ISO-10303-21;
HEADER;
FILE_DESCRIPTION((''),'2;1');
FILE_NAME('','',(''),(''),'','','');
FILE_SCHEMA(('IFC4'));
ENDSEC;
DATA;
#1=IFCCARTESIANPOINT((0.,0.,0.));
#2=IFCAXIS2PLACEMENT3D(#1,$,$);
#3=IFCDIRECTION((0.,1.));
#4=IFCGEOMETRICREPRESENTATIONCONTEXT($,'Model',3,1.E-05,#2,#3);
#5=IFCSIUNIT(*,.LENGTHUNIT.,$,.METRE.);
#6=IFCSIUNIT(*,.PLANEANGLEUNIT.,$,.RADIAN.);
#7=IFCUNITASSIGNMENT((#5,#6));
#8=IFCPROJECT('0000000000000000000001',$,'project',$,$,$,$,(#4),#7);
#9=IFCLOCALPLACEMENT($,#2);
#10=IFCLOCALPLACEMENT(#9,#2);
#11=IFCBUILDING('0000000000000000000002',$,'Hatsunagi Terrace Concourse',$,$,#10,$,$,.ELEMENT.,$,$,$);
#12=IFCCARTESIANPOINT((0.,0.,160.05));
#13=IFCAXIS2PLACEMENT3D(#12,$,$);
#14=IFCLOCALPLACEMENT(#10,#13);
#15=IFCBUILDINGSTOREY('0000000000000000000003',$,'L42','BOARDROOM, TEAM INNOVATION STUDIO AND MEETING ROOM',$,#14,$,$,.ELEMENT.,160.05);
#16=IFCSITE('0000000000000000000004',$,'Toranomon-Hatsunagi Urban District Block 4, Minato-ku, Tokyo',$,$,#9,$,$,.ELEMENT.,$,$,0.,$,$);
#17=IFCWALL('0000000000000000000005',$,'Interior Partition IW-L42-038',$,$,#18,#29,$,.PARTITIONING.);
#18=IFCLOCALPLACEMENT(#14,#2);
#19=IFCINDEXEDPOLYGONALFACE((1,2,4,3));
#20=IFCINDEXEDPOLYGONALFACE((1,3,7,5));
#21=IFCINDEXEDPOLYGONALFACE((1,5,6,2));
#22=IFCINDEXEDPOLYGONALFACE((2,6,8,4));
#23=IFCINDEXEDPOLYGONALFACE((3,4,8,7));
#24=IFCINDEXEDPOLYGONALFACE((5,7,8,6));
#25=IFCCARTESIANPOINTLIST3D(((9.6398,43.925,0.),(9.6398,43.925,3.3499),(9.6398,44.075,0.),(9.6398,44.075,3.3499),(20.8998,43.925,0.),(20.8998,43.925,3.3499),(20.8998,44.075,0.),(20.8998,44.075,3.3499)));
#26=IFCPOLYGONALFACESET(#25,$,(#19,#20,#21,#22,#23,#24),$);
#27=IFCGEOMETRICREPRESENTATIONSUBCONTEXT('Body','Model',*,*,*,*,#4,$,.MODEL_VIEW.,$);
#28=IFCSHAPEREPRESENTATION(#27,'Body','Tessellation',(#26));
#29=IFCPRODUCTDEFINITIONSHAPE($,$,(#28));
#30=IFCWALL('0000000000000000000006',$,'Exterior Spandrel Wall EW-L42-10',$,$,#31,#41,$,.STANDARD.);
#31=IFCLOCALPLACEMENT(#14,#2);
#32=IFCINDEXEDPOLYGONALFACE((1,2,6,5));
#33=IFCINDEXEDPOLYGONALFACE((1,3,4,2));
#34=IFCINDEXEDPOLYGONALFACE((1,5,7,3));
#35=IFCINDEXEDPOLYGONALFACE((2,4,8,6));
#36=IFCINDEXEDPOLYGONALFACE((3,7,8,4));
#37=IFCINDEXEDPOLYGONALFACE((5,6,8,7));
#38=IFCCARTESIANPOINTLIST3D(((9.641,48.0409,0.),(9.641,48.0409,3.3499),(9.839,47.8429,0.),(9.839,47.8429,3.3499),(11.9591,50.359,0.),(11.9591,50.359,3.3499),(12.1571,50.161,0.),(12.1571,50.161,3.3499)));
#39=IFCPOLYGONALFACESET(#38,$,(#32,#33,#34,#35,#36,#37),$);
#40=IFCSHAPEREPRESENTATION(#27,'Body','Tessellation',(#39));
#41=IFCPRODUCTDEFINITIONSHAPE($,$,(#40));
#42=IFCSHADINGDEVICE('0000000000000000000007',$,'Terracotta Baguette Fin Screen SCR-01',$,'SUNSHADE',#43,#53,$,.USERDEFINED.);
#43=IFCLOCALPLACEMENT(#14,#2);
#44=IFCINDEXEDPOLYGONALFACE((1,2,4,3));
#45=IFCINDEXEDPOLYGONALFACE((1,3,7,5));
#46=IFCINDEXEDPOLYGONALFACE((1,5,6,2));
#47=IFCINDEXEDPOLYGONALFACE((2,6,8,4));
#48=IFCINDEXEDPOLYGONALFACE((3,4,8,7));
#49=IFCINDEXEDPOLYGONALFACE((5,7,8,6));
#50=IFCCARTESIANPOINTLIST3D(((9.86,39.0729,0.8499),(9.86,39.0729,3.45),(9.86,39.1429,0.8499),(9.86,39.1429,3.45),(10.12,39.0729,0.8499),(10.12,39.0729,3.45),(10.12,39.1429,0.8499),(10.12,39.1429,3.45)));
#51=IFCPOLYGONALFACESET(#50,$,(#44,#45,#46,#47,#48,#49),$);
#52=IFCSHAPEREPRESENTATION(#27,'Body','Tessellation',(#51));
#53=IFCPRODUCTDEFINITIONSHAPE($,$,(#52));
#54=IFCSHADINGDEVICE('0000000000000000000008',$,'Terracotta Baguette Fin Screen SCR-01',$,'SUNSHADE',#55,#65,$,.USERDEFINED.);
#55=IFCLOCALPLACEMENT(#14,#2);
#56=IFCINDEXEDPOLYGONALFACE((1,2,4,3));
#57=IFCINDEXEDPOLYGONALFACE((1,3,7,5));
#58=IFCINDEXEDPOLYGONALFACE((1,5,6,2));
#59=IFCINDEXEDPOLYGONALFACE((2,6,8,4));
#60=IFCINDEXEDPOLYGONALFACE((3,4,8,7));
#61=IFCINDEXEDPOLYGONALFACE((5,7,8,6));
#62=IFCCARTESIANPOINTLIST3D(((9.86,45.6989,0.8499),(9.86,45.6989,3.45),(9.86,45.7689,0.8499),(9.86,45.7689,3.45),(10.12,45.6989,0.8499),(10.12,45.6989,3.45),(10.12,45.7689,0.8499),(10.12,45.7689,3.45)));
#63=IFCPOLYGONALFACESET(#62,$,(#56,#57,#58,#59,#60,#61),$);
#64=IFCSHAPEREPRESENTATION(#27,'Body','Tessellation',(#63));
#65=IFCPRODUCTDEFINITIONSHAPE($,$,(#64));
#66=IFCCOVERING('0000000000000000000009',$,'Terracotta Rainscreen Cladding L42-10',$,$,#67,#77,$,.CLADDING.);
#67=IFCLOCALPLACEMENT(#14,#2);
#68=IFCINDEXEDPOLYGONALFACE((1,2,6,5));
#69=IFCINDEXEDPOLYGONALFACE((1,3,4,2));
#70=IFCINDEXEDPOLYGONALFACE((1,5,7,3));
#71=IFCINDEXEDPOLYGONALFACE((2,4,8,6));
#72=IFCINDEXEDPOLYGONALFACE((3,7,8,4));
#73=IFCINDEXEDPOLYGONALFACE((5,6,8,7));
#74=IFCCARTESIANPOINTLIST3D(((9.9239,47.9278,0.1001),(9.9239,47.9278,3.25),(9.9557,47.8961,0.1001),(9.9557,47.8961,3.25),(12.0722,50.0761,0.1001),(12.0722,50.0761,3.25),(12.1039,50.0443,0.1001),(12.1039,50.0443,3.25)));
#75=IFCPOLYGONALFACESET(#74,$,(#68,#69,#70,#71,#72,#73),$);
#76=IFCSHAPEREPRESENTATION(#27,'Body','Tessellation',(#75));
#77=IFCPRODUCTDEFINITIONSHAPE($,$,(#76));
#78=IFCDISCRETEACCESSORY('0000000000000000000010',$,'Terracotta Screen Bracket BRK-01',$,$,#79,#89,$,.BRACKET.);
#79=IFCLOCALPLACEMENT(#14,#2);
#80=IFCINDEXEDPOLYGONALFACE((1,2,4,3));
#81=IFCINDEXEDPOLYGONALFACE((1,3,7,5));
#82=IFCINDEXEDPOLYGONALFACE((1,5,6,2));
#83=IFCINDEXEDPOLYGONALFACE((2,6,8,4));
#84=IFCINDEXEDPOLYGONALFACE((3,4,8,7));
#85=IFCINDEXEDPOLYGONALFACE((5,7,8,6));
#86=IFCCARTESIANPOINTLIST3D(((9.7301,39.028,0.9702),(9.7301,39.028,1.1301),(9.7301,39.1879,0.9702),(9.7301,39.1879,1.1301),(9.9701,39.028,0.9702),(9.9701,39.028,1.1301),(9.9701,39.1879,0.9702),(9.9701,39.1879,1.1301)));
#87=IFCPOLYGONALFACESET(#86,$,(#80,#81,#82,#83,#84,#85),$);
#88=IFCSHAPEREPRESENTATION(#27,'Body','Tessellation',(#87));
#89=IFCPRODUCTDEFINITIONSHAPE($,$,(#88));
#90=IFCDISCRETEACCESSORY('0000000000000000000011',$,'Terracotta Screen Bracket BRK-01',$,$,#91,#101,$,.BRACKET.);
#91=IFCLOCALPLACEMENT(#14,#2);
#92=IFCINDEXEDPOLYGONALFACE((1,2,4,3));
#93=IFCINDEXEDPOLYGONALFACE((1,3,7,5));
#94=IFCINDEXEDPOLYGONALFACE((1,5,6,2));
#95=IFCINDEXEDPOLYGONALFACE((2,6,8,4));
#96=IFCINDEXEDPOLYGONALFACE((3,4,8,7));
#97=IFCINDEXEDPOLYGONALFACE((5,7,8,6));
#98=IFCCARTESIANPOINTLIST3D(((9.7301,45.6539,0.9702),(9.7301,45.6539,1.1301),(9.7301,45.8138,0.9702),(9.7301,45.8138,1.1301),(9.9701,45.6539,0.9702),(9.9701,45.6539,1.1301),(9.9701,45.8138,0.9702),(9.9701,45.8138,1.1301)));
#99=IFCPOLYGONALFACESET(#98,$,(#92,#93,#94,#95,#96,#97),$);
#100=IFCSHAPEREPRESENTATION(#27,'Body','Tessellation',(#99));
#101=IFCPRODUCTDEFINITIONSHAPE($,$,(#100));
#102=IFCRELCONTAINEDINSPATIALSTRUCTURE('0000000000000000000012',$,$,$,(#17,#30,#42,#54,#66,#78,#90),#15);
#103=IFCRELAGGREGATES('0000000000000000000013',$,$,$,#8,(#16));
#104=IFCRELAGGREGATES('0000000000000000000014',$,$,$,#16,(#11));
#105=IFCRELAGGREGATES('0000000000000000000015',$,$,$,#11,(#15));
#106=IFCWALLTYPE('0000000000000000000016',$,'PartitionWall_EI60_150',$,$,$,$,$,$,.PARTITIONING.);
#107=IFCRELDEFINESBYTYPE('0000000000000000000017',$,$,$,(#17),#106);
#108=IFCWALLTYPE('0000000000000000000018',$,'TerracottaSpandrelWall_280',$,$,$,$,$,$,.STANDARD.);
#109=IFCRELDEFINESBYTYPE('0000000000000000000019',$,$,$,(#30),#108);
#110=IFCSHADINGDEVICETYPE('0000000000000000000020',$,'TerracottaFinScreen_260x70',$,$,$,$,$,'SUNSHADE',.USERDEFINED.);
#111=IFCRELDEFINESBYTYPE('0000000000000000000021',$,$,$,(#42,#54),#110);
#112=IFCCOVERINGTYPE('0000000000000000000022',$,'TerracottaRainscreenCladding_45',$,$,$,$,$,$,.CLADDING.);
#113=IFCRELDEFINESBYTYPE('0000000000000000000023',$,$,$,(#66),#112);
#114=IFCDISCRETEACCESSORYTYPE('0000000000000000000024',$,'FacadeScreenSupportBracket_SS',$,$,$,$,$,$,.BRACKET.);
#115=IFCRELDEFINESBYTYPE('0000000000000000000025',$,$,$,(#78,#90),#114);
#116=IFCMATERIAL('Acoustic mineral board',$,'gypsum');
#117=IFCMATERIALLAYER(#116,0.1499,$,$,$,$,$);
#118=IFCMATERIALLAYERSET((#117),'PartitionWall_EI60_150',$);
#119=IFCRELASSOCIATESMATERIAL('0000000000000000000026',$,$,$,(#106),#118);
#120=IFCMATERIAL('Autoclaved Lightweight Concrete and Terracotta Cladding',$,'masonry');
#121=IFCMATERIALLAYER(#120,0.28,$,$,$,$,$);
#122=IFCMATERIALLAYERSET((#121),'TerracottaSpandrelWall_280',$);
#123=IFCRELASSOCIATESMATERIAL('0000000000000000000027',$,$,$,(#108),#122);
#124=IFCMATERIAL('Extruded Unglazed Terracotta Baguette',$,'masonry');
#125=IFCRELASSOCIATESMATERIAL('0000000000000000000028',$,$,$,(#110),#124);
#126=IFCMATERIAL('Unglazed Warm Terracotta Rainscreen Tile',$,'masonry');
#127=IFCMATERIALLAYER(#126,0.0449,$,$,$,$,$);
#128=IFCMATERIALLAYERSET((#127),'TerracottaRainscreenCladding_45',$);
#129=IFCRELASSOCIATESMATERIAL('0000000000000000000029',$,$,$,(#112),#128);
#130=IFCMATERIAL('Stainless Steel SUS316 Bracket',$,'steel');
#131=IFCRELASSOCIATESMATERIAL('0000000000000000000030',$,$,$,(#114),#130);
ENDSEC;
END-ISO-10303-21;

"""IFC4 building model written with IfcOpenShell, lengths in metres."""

from ifc_helpers import new_model, si_unit, direction, frame, frame_2d, origin, origin_2d, place, context, subcontext, project, spatial, rectangle, extrude, material, layer, layer_set, type_object, element, save


model = new_model("IFC4")

# Units and contexts
model_context = context("Model", 3, precision=1e-05, world=origin(), true_north=direction((0.0, 1.0)))
body_context = subcontext(model_context, "Body", "Model", "MODEL_VIEW")
ifc_project = project(units=[si_unit("LENGTHUNIT", "METRE"), si_unit("PLANEANGLEUNIT", "RADIAN")], contexts=[model_context])

# Site, building, storey
site_placement = place(None, origin())
site = spatial("IfcSite", under=ifc_project, at=site_placement, Name="Toranomon-Hatsunagi Urban District Block 4, Minato-ku, Tokyo", CompositionType="ELEMENT", RefElevation=0.0)
building_placement = place(site_placement, origin())
building = spatial("IfcBuilding", under=site, at=building_placement, Name="Hatsunagi Terrace Concourse", CompositionType="ELEMENT")
storey_placement = place(building_placement, frame((0.0, 0.0, 160.05)))
storey = spatial("IfcBuildingStorey", under=building, at=storey_placement, Name="L42", Description="BOARDROOM, TEAM INNOVATION STUDIO AND MEETING ROOM", CompositionType="ELEMENT", Elevation=160.05)

# Walls
ifc_material_1 = material(Name="Acoustic mineral board", Category="gypsum")
ifc_layer_1 = layer(ifc_material_1, 0.1499)
ifc_layer_set_1 = layer_set([ifc_layer_1], Name="PartitionWall_EI60_150")
wall_type_1 = type_object("IfcWallType", Name="PartitionWall_EI60_150", PredefinedType="PARTITIONING", material=ifc_layer_set_1)
wall_1_placement = place(storey_placement, frame((9.6399, 44.0, 0.0), z_axis=(0.0, 0.0, 1.0), x_axis=(1.0, 0.0, 0.0)))
element("IfcWall", 1, at=wall_1_placement, inside=storey, type_object=wall_type_1, Name="Interior Partition IW-L42-038", PredefinedType="PARTITIONING", context=body_context, shape_type="SweptSolid", body=[
    extrude(rectangle(XDim=11.26, YDim=0.1499, at=frame_2d((5.6299, 0.0))), origin(), (0.0, 0.0, 1.0), 3.3499),
])
ifc_material_2 = material(Name="Autoclaved Lightweight Concrete and Terracotta Cladding", Category="masonry")
ifc_layer_2 = layer(ifc_material_2, 0.28)
ifc_layer_set_2 = layer_set([ifc_layer_2], Name="TerracottaSpandrelWall_280")
wall_type_2 = type_object("IfcWallType", Name="TerracottaSpandrelWall_280", PredefinedType="STANDARD", material=ifc_layer_set_2)
wall_2_placement = place(storey_placement, frame((9.74, 47.9419, 0.0), z_axis=(0.0, 0.0, 1.0), x_axis=(0.707107, 0.707107, 0.0)))
element("IfcWall", 2, at=wall_2_placement, inside=storey, type_object=wall_type_2, Name="Exterior Spandrel Wall EW-L42-10", PredefinedType="STANDARD", context=body_context, shape_type="SweptSolid", body=[
    extrude(rectangle(XDim=3.2783, YDim=0.28, at=frame_2d((1.6392, 0.0))), origin(), (0.0, 0.0, 1.0), 3.3499),
])

# Shading devices
ifc_material_3 = material(Name="Extruded Unglazed Terracotta Baguette", Category="masonry")
shading_device_type = type_object("IfcShadingDeviceType", Name="TerracottaFinScreen_260x70", ElementType="SUNSHADE", PredefinedType="USERDEFINED", material=ifc_material_3)
for number, where, z_axis, x_axis, name in (
    (3, (9.99, 39.1079, 0.8499), (0.0, 0.0, 1.0), (0.0, 1.0, 0.0), "Terracotta Baguette Fin Screen SCR-01"),
    (4, (9.99, 45.7339, 0.8499), (0.0, 0.0, 1.0), (0.0, 1.0, 0.0), "Terracotta Baguette Fin Screen SCR-01"),
):
    element("IfcShadingDevice", number, at=place(storey_placement, frame(where, z_axis=z_axis, x_axis=x_axis)), inside=storey, type_object=shading_device_type, Name=name, ObjectType="SUNSHADE", PredefinedType="USERDEFINED", context=body_context, shape_type="SweptSolid", body=[
        extrude(rectangle(XDim=0.0701, YDim=0.26, at=origin_2d()), origin(), (0.0, 0.0, 1.0), 2.6001),
    ])

# Covering
ifc_material_4 = material(Name="Unglazed Warm Terracotta Rainscreen Tile", Category="masonry")
ifc_layer_3 = layer(ifc_material_4, 0.0449)
ifc_layer_set_3 = layer_set([ifc_layer_3], Name="TerracottaRainscreenCladding_45")
covering_type = type_object("IfcCoveringType", Name="TerracottaRainscreenCladding_45", PredefinedType="CLADDING", material=ifc_layer_set_3)
covering_placement = place(storey_placement, frame((11.0139, 48.9861, 0.1001), z_axis=(0.0, 0.0, 1.0), x_axis=(0.707107, 0.707107, 0.0)))
element("IfcCovering", 5, at=covering_placement, inside=storey, type_object=covering_type, Name="Terracotta Rainscreen Cladding L42-10", PredefinedType="CLADDING", context=body_context, shape_type="SweptSolid", body=[
    extrude(rectangle(XDim=3.0381, YDim=0.0449, at=origin_2d()), origin(), (0.0, 0.0, 1.0), 3.1499),
])

# Discrete accessories
ifc_material_5 = material(Name="Stainless Steel SUS316 Bracket", Category="steel")
discrete_accessory_type = type_object("IfcDiscreteAccessoryType", Name="FacadeScreenSupportBracket_SS", PredefinedType="BRACKET", material=ifc_material_5)
for number, where, z_axis, x_axis, name in (
    (6, (9.8501, 39.1079, 0.9702), (0.0, 0.0, 1.0), (0.0, 1.0, 0.0), "Terracotta Screen Bracket BRK-01"),
    (7, (9.8501, 45.7339, 0.9702), (0.0, 0.0, 1.0), (0.0, 1.0, 0.0), "Terracotta Screen Bracket BRK-01"),
):
    element("IfcDiscreteAccessory", number, at=place(storey_placement, frame(where, z_axis=z_axis, x_axis=x_axis)), inside=storey, type_object=discrete_accessory_type, Name=name, PredefinedType="BRACKET", context=body_context, shape_type="SweptSolid", body=[
        extrude(rectangle(XDim=0.1599, YDim=0.24, at=origin_2d()), origin(), (0.0, 0.0, 1.0), 0.1599),
    ])

save(model, "model.ifc")
